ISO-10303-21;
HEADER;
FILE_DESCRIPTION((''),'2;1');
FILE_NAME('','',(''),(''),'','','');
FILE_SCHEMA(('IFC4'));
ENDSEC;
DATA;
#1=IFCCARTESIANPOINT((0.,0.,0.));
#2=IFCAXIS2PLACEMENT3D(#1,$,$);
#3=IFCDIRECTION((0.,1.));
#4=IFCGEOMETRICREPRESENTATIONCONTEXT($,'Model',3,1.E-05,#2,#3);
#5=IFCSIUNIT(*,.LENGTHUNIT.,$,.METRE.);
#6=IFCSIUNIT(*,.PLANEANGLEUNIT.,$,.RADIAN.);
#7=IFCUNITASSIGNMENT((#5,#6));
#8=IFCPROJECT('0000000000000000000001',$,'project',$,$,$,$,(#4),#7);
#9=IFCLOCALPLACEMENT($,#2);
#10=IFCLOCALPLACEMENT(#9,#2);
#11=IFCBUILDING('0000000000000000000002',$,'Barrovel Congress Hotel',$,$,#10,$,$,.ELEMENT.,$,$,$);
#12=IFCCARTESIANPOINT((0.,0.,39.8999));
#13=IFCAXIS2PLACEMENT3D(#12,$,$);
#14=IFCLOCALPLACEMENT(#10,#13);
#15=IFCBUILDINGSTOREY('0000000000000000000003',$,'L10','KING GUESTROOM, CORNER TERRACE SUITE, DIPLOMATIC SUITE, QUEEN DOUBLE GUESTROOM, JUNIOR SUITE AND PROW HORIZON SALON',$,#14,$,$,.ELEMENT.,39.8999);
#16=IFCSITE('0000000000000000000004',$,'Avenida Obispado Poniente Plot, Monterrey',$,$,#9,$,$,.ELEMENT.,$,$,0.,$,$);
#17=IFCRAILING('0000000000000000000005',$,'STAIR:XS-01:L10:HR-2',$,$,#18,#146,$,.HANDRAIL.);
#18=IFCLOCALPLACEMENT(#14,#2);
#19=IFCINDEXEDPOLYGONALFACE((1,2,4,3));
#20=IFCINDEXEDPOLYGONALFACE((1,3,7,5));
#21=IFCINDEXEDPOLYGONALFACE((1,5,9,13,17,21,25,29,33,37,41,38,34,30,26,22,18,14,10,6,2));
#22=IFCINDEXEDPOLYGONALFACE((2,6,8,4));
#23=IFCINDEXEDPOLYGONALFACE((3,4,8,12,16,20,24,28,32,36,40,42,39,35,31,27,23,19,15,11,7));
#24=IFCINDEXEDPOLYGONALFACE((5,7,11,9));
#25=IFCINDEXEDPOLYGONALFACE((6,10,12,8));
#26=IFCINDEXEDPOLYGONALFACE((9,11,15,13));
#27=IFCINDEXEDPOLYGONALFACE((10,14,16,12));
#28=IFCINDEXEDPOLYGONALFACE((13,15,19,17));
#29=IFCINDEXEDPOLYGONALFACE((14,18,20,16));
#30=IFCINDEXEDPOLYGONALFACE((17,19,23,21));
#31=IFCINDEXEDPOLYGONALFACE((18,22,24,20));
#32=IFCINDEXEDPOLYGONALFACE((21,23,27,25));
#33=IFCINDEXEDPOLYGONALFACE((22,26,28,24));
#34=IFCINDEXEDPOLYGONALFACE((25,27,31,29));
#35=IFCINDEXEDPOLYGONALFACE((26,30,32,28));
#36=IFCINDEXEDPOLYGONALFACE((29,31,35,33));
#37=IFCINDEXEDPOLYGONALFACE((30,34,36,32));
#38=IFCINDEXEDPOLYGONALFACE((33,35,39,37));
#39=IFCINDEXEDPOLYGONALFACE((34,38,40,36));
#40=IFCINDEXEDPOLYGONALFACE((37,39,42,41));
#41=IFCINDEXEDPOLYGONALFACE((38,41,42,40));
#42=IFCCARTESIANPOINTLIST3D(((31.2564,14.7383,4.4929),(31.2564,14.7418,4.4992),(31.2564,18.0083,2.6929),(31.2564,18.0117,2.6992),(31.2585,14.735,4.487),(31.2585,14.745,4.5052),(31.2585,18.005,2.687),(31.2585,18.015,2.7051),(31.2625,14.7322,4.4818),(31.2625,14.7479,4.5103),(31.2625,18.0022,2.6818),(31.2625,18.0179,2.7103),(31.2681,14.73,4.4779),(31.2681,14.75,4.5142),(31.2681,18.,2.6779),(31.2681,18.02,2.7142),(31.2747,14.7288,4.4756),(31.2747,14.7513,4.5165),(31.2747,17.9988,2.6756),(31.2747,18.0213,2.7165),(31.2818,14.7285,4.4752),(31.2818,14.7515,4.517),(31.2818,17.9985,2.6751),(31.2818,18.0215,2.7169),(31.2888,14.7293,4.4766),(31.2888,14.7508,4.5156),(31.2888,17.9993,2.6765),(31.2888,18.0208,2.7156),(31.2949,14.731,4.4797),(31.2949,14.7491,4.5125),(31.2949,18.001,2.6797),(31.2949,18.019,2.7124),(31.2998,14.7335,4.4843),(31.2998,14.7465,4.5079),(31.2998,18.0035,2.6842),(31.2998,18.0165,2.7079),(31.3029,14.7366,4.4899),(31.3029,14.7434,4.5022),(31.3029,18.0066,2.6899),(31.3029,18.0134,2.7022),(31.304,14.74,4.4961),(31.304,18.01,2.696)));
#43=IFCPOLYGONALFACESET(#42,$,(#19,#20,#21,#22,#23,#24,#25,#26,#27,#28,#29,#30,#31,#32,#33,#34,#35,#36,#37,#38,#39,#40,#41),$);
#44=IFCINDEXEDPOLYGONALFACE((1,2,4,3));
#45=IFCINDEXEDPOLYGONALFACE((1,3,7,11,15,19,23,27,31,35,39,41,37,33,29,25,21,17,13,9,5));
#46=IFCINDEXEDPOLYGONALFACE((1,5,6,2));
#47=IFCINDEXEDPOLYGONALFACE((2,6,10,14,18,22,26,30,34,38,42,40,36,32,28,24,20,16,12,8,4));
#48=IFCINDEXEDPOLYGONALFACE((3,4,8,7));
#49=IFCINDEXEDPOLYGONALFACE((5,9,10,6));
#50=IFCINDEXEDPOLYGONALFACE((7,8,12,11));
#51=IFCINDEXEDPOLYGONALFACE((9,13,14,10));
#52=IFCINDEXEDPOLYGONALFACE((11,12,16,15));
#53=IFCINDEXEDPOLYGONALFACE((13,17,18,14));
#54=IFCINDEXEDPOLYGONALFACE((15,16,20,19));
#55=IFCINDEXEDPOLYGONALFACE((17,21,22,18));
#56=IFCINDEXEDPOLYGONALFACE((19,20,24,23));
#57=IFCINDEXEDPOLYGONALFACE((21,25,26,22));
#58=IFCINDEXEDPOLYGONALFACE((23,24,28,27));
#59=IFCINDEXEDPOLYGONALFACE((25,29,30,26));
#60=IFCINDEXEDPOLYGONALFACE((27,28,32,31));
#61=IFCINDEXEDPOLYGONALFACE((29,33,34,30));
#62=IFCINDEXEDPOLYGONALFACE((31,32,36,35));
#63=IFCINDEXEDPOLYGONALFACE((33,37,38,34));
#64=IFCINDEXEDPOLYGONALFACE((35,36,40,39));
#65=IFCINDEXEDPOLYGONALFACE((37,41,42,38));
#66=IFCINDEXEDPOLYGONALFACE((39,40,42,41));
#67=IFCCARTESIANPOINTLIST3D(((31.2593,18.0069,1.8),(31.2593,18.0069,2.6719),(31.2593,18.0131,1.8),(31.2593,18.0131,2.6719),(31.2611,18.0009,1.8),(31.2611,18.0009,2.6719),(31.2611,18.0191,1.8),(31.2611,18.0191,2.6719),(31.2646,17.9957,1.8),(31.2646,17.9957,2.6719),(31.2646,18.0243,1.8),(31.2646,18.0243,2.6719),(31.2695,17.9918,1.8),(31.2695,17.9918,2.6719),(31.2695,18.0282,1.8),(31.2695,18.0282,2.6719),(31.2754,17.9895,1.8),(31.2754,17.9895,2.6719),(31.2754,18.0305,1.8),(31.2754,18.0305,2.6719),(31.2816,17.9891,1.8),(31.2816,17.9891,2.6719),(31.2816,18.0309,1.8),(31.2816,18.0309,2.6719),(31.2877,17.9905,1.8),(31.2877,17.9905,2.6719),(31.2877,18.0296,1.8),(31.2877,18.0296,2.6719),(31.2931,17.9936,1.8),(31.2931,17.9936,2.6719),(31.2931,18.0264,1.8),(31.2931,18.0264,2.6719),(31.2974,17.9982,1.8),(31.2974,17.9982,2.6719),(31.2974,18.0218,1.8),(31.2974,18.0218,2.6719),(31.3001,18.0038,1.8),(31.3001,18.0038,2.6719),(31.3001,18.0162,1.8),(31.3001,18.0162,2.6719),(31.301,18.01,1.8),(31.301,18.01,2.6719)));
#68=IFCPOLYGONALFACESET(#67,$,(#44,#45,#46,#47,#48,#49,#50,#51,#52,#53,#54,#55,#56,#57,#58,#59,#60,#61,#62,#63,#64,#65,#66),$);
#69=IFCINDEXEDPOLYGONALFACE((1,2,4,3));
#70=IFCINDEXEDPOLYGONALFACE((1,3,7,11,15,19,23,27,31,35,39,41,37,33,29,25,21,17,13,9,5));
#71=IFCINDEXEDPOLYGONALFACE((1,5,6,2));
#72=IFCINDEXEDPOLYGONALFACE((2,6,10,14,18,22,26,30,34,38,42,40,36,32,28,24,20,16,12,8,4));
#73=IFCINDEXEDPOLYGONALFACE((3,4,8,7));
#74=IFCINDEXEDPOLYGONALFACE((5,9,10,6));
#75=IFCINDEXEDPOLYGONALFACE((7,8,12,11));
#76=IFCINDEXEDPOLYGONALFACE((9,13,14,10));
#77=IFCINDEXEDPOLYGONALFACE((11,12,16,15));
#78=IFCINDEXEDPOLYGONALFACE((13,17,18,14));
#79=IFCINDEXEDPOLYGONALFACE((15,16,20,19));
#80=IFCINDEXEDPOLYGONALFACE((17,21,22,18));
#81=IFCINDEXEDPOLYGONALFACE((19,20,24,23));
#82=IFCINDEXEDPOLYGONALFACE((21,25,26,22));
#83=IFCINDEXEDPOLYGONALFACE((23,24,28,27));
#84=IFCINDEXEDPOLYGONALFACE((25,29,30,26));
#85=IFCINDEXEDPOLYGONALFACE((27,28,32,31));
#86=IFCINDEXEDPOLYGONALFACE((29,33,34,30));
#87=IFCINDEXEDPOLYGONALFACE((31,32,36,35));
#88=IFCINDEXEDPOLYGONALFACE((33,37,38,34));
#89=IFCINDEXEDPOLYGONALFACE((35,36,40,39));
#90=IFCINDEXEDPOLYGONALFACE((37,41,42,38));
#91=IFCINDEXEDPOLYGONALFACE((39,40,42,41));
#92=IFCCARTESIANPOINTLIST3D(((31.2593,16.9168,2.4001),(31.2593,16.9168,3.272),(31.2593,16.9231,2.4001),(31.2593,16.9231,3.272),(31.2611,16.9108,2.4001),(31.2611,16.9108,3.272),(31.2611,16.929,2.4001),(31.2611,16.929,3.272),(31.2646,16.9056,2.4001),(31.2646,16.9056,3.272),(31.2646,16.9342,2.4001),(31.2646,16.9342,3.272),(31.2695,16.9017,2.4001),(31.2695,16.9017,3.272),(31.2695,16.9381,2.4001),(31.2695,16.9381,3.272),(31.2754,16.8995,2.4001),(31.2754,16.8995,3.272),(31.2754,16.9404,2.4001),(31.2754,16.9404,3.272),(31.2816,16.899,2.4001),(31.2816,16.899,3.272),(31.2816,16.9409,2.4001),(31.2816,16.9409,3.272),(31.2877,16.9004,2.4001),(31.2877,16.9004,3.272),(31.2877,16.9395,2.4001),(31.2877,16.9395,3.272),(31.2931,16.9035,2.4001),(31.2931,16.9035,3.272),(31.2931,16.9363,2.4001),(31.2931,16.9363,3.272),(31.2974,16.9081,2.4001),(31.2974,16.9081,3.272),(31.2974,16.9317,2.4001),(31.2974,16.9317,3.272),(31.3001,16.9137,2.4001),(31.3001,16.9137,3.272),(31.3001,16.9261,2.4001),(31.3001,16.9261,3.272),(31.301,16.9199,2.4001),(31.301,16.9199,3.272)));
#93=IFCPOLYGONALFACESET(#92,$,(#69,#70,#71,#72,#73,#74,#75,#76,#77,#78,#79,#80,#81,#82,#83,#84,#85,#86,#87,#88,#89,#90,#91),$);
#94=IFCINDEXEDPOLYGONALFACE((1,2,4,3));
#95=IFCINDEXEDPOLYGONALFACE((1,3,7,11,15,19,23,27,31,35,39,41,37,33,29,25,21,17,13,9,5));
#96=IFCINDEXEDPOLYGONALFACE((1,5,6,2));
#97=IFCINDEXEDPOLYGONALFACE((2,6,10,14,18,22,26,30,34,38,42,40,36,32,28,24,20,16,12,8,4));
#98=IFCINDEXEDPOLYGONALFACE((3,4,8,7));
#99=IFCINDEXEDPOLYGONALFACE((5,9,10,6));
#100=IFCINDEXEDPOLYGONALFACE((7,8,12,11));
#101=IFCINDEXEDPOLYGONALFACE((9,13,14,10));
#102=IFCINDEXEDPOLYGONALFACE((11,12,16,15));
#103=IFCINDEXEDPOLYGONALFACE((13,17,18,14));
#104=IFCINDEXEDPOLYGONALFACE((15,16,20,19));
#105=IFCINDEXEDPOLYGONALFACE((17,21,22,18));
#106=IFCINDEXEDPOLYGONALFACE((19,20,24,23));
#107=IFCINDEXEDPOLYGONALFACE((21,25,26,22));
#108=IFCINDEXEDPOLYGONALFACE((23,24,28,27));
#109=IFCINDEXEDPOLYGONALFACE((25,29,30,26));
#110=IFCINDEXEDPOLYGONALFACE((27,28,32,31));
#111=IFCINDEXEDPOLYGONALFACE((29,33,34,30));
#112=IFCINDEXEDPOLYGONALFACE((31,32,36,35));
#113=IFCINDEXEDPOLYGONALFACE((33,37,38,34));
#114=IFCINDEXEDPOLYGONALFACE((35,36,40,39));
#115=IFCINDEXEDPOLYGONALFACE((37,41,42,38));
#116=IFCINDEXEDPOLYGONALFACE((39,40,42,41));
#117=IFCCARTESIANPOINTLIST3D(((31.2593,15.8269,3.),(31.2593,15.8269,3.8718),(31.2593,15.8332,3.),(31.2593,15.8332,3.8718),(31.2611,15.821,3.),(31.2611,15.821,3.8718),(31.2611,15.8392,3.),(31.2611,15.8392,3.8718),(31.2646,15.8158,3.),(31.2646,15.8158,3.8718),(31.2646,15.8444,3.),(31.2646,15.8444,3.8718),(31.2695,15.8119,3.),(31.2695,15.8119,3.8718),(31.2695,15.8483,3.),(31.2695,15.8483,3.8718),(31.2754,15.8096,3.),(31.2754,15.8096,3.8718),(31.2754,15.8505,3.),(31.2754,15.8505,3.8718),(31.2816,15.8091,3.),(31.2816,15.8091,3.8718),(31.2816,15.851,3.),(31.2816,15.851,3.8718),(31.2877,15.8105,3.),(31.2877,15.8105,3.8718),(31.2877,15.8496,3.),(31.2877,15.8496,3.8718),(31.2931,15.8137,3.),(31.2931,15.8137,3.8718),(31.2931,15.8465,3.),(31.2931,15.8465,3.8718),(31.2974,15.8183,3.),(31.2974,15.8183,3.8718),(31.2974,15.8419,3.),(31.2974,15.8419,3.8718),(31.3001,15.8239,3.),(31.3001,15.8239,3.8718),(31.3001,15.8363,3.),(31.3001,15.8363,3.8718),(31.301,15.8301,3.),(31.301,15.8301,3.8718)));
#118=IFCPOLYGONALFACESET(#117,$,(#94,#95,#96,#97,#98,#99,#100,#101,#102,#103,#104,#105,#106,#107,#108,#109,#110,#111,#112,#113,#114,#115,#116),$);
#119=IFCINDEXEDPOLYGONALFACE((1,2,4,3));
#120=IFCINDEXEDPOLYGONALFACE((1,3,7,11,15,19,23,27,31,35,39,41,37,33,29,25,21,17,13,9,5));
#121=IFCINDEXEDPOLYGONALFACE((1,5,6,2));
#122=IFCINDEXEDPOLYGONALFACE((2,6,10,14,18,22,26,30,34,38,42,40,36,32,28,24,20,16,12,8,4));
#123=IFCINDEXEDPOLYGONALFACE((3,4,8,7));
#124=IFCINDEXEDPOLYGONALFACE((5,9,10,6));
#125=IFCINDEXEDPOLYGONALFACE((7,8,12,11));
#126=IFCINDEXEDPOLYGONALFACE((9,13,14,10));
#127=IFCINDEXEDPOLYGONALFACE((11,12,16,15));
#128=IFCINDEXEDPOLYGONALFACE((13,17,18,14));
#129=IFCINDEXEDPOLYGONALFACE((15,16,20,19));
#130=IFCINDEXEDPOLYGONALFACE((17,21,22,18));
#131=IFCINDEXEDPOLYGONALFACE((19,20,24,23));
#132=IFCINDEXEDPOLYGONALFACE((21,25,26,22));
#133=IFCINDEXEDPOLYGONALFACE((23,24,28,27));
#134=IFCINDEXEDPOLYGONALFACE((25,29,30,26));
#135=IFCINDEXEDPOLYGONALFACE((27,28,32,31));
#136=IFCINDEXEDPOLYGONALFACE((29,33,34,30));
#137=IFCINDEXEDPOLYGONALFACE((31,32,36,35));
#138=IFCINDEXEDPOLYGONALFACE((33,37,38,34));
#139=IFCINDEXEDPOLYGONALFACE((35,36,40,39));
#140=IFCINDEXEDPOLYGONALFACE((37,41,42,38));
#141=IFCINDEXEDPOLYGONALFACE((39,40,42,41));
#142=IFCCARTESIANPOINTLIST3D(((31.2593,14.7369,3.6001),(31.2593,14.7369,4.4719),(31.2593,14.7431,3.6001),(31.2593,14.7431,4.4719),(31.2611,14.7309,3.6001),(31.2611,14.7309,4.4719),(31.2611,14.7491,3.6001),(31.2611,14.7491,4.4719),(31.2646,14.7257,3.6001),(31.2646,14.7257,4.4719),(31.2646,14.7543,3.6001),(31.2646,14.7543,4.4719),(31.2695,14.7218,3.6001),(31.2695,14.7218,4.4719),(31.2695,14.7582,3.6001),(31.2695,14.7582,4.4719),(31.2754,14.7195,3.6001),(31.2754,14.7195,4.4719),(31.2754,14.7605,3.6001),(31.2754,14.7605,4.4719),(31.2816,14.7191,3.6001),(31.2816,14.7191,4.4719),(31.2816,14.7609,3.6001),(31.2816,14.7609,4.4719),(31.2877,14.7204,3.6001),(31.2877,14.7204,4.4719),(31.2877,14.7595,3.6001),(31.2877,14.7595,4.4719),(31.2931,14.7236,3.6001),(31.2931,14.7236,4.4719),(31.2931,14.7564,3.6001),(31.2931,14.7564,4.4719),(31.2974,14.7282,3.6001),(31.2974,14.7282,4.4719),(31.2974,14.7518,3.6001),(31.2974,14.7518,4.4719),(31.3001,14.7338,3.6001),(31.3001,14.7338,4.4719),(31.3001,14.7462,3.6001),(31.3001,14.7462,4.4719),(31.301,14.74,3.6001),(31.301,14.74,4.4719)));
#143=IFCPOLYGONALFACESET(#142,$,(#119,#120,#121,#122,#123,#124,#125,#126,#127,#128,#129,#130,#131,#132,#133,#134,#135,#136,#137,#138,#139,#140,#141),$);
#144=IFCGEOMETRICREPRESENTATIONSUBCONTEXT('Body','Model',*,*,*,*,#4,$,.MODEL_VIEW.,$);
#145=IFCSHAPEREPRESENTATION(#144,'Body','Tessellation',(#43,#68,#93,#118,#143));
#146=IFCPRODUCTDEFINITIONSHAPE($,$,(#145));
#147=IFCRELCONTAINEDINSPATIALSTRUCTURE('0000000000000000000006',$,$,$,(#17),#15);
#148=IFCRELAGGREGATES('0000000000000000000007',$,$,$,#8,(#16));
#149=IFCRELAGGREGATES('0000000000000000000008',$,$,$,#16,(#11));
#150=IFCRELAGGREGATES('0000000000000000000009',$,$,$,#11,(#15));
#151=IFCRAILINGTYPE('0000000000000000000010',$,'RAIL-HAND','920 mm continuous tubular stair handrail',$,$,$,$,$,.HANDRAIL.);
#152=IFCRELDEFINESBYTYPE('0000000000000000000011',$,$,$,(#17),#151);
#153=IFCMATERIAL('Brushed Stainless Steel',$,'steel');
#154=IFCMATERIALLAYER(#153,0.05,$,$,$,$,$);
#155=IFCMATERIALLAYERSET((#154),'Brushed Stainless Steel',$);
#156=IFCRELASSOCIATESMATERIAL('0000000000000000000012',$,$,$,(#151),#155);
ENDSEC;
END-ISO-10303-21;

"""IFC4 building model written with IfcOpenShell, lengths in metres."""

from ifc_helpers import new_model, si_unit, direction, frame, origin, origin_2d, place, context, subcontext, project, spatial, circle, extrude, material, layer, layer_set, type_object, element, save


model = new_model("IFC4")

# Units and contexts
model_context = context("Model", 3, precision=1e-05, world=origin(), true_north=direction((0.0, 1.0)))
body_context = subcontext(model_context, "Body", "Model", "MODEL_VIEW")
ifc_project = project(units=[si_unit("LENGTHUNIT", "METRE"), si_unit("PLANEANGLEUNIT", "RADIAN")], contexts=[model_context])

# Site, building, storey
site_placement = place(None, origin())
site = spatial("IfcSite", under=ifc_project, at=site_placement, Name="Avenida Obispado Poniente Plot, Monterrey", CompositionType="ELEMENT", RefElevation=0.0)
building_placement = place(site_placement, origin())
building = spatial("IfcBuilding", under=site, at=building_placement, Name="Barrovel Congress Hotel", CompositionType="ELEMENT")
storey_placement = place(building_placement, frame((0.0, 0.0, 39.8999)))
storey = spatial("IfcBuildingStorey", under=building, at=storey_placement, Name="L10", Description="KING GUESTROOM, CORNER TERRACE SUITE, DIPLOMATIC SUITE, QUEEN DOUBLE GUESTROOM, JUNIOR SUITE AND PROW HORIZON SALON", CompositionType="ELEMENT", Elevation=39.8999)

# Shared definitions
ifc_material_1 = material(Name="Brushed Stainless Steel", Category="steel")

# Railing
ifc_layer_1 = layer(ifc_material_1, 0.05)
ifc_layer_set_1 = layer_set([ifc_layer_1], Name="Brushed Stainless Steel")
railing_type_1 = type_object("IfcRailingType", Name="RAIL-HAND", Description="920 mm continuous tubular stair handrail", PredefinedType="HANDRAIL", material=ifc_layer_set_1)
railing_1_placement = place(storey_placement, frame((31.28, 18.01, 1.8)))
element("IfcRailing", 1, at=railing_1_placement, inside=storey, type_object=railing_type_1, Name="STAIR:XS-01:L10:HR-2", PredefinedType="HANDRAIL", context=body_context, shape_type="SweptSolid", body=[
    extrude(circle(Radius=0.0239, at=origin_2d()), frame((0.0, 0.0, 0.896), z_axis=(0.0, -0.876042, 0.482235), x_axis=(1.0, 0.0, 0.0)), (0.0, 0.0, 1.0), 3.7327),
    extrude(circle(Radius=0.021, at=origin_2d()), origin(), (0.0, 0.0, 1.0), 0.8718),
    extrude(circle(Radius=0.021, at=origin_2d()), frame((0.0, -1.0901, 0.6001)), (0.0, 0.0, 1.0), 0.8718),
    extrude(circle(Radius=0.021, at=origin_2d()), frame((0.0, -2.1799, 1.2)), (0.0, 0.0, 1.0), 0.8718),
    extrude(circle(Radius=0.021, at=origin_2d()), frame((0.0, -3.27, 1.8)), (0.0, 0.0, 1.0), 0.8718),
])

save(model, "model.ifc")
